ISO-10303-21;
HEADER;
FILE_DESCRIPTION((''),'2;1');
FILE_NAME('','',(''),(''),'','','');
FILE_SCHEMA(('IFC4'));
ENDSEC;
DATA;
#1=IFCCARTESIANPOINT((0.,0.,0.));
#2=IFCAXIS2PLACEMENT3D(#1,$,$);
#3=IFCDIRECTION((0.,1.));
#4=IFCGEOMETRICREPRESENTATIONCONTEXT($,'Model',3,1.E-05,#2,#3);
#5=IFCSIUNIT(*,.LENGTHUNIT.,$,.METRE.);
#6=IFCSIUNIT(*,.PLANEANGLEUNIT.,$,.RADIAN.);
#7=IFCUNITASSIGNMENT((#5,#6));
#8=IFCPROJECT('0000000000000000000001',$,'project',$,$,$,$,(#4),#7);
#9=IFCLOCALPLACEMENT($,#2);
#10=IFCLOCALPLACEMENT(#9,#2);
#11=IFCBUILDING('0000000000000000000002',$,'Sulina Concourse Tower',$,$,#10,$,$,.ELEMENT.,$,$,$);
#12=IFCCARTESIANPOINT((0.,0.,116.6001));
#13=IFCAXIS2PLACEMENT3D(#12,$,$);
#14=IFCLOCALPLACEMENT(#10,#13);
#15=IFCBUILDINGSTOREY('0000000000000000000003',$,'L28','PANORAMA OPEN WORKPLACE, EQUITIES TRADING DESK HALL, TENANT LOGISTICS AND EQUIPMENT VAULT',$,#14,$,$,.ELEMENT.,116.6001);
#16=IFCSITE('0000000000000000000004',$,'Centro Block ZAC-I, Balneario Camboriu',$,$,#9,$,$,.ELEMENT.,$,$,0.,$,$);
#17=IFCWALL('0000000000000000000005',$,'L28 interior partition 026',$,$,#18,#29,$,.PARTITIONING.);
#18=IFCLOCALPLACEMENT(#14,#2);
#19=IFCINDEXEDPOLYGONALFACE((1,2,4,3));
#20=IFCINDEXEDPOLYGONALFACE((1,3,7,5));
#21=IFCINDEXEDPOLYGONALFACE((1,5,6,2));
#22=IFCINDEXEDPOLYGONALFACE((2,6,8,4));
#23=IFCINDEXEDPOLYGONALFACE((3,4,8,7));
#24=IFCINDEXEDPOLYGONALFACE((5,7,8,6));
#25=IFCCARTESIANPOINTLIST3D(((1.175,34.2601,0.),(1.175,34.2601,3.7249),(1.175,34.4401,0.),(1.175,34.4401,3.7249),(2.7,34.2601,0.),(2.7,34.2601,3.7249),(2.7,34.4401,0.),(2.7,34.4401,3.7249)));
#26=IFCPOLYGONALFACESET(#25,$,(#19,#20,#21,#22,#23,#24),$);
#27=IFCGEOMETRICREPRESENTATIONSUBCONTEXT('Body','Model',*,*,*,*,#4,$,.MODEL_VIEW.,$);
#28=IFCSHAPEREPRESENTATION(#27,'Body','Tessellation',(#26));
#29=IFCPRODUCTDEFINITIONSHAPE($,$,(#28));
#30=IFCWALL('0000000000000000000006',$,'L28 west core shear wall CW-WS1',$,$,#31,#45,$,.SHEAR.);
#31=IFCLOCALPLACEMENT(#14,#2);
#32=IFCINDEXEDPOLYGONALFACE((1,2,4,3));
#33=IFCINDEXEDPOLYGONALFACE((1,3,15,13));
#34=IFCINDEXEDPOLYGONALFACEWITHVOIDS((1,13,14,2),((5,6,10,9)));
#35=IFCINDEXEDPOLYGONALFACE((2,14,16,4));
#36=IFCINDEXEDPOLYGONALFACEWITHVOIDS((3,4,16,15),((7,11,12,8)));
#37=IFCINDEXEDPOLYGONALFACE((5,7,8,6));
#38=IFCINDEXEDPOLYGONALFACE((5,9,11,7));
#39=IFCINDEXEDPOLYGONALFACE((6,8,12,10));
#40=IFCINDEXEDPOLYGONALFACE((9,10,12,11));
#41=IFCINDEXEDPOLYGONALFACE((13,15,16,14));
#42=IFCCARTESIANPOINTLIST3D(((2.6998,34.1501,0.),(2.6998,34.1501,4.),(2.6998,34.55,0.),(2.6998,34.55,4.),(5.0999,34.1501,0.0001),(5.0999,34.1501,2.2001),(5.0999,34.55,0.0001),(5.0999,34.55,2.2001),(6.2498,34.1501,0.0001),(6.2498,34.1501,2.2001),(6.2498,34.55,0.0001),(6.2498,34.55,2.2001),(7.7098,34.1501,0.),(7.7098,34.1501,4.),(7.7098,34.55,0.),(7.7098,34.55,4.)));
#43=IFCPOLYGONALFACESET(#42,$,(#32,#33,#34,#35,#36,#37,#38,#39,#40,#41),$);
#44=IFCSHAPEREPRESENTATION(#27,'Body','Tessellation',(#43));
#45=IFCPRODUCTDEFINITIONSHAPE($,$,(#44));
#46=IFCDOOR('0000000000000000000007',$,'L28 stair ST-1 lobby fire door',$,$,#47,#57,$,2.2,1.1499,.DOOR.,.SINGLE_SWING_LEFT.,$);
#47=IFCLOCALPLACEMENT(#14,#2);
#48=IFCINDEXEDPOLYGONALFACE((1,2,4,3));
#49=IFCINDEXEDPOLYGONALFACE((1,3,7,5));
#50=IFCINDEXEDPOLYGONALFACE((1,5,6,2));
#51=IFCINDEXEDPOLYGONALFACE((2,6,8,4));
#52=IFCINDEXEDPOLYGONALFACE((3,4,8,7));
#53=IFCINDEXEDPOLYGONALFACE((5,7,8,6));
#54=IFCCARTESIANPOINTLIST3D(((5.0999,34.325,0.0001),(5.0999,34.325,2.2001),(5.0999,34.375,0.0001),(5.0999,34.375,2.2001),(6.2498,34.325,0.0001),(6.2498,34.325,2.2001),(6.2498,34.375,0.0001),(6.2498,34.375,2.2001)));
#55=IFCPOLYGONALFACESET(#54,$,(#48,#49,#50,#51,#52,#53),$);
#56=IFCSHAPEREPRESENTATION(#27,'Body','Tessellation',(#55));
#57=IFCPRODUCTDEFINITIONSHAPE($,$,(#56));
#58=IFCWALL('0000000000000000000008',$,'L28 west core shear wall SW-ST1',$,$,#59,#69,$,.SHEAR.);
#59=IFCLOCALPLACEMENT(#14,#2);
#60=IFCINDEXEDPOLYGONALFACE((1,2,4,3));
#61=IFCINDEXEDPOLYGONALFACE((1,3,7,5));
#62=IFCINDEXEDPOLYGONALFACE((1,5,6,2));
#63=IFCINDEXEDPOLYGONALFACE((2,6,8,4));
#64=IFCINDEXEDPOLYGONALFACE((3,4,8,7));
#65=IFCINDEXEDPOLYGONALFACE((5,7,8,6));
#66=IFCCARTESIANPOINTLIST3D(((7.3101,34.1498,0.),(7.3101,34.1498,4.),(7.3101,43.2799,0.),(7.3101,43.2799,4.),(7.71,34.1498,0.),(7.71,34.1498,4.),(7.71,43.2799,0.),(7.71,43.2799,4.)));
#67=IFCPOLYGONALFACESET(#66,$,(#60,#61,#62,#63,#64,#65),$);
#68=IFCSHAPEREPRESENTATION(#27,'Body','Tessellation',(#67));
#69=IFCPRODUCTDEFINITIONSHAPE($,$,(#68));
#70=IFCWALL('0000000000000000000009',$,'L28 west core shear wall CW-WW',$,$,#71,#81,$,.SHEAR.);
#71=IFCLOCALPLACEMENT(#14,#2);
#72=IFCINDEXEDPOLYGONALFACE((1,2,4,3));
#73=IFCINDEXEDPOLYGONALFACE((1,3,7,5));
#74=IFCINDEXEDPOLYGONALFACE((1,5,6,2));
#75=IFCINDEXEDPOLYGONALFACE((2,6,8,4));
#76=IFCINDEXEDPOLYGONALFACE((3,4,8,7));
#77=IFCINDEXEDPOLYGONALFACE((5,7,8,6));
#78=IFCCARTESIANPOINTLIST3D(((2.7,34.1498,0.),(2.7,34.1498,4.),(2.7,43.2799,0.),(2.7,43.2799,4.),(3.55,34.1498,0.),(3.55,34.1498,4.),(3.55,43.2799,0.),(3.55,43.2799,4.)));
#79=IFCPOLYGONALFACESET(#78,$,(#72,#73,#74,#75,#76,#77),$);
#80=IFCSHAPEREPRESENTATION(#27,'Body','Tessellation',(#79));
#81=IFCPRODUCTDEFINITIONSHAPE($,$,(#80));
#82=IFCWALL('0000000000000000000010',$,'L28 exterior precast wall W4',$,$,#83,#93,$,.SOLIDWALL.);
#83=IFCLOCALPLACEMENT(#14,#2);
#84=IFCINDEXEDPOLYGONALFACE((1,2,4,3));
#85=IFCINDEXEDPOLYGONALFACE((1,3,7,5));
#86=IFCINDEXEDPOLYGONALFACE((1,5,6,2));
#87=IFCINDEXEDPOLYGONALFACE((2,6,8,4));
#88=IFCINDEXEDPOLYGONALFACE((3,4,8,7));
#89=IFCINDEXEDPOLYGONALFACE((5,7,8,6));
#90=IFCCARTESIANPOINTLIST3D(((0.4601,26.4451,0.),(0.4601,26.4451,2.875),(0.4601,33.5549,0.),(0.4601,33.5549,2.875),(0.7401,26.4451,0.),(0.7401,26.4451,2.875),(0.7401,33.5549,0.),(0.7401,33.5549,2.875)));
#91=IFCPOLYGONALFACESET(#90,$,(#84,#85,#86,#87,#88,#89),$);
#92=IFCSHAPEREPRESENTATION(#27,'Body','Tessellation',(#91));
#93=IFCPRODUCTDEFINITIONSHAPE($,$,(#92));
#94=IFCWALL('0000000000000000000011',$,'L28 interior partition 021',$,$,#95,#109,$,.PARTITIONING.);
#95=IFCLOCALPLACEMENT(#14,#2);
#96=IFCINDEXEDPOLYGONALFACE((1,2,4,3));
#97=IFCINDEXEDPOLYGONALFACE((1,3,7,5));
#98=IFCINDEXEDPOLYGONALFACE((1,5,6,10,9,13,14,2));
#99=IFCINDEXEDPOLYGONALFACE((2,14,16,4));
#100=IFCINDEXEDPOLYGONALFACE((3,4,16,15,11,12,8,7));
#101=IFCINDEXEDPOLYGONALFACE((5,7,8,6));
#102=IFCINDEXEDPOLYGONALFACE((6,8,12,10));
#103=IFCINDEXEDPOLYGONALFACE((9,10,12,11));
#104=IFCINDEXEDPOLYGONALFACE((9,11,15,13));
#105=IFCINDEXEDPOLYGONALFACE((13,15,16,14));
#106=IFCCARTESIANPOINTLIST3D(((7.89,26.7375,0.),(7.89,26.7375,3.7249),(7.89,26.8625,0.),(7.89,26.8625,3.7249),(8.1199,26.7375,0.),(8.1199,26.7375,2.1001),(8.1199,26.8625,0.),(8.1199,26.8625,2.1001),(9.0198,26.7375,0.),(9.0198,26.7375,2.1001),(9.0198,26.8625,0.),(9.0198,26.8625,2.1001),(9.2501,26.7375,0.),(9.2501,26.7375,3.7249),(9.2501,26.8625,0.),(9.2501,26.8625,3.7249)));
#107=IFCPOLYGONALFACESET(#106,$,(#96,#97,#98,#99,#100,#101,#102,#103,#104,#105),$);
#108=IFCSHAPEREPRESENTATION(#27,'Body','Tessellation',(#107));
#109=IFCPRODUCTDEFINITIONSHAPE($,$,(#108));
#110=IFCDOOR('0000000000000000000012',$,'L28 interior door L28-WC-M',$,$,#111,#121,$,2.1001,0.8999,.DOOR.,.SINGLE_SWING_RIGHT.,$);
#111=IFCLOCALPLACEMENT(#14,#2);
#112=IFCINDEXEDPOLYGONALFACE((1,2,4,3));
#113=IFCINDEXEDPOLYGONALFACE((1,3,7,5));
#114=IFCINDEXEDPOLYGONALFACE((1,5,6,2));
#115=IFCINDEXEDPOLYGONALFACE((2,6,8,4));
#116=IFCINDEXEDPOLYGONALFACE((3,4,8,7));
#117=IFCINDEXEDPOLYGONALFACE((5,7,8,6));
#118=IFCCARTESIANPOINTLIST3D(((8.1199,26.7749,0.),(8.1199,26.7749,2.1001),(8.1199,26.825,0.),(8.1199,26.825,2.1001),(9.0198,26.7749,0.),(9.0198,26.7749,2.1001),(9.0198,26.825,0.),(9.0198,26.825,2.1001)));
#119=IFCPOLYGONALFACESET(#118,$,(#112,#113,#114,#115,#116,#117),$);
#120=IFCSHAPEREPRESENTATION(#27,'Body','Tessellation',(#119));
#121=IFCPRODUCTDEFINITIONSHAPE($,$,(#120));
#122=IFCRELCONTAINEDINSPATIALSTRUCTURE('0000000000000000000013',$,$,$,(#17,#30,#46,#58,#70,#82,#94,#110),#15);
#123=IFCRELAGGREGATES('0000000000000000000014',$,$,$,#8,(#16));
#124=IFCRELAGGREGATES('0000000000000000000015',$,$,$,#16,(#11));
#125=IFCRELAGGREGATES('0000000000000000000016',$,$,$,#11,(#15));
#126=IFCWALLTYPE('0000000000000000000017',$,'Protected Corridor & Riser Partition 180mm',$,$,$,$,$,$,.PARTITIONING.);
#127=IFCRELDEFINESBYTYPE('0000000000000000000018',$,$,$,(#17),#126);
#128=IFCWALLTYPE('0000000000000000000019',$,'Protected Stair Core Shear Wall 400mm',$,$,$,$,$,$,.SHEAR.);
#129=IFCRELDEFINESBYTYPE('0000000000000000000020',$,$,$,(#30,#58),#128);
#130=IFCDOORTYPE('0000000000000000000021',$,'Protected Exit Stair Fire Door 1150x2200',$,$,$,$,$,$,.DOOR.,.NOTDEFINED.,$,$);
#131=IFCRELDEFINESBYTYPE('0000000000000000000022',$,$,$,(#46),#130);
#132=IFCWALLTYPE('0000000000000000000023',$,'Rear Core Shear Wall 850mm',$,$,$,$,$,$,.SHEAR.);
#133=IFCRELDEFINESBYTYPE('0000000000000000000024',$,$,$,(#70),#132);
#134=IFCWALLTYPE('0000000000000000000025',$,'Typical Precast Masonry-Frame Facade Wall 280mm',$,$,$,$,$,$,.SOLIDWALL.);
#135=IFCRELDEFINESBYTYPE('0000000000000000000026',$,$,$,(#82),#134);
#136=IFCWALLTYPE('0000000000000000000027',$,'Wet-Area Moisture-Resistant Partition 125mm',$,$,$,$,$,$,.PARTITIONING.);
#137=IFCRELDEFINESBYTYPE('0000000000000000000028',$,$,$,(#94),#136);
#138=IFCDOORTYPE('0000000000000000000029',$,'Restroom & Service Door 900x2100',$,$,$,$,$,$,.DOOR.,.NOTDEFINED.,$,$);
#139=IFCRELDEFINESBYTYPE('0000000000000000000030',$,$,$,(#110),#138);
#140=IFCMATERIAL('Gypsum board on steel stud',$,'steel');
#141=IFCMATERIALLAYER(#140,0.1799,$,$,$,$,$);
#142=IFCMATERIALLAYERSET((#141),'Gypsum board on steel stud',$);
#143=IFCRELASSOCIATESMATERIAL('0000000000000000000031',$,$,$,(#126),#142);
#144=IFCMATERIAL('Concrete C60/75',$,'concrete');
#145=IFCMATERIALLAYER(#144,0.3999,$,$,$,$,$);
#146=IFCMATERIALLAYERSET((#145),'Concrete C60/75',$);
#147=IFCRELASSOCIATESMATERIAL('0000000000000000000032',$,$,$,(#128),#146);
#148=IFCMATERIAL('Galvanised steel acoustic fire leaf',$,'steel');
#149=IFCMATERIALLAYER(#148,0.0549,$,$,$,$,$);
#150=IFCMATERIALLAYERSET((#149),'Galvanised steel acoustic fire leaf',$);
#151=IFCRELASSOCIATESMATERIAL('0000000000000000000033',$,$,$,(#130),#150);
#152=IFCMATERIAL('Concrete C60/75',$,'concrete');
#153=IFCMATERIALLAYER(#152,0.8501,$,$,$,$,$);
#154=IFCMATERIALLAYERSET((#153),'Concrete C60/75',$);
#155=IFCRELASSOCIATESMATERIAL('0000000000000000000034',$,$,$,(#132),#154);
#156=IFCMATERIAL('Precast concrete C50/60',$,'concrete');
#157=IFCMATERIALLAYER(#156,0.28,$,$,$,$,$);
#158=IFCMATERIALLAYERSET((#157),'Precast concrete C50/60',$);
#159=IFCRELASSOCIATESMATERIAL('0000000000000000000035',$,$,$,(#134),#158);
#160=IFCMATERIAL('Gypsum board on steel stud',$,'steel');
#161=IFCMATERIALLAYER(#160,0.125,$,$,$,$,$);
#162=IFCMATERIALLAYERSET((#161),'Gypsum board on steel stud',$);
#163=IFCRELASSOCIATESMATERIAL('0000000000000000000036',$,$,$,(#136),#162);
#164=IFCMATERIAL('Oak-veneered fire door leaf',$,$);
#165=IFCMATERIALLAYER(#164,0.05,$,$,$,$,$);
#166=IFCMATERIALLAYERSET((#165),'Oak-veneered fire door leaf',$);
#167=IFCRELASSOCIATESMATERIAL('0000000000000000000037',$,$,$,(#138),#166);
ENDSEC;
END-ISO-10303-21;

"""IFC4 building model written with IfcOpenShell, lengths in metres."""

from ifc_helpers import new_model, si_unit, direction, frame, frame_2d, origin, place, context, subcontext, project, spatial, rectangle, extrude, material, layer, layer_set, type_object, element, fill, save


model = new_model("IFC4")

# Units and contexts
model_context = context("Model", 3, precision=1e-05, world=origin(), true_north=direction((0.0, 1.0)))
body_context = subcontext(model_context, "Body", "Model", "MODEL_VIEW")
ifc_project = project(units=[si_unit("LENGTHUNIT", "METRE"), si_unit("PLANEANGLEUNIT", "RADIAN")], contexts=[model_context])

# Site, building, storey
site_placement = place(None, origin())
site = spatial("IfcSite", under=ifc_project, at=site_placement, Name="Centro Block ZAC-I, Balneario Camboriu", CompositionType="ELEMENT", RefElevation=0.0)
building_placement = place(site_placement, origin())
building = spatial("IfcBuilding", under=site, at=building_placement, Name="Sulina Concourse Tower", CompositionType="ELEMENT")
storey_placement = place(building_placement, frame((0.0, 0.0, 116.6001)))
storey = spatial("IfcBuildingStorey", under=building, at=storey_placement, Name="L28", Description="PANORAMA OPEN WORKPLACE, EQUITIES TRADING DESK HALL, TENANT LOGISTICS AND EQUIPMENT VAULT", CompositionType="ELEMENT", Elevation=116.6001)

# Wall
ifc_material_1 = material(Name="Gypsum board on steel stud", Category="steel")
ifc_layer_1 = layer(ifc_material_1, 0.1799)
ifc_layer_set_1 = layer_set([ifc_layer_1], Name="Gypsum board on steel stud")
wall_type_1 = type_object("IfcWallType", Name="Protected Corridor & Riser Partition 180mm", PredefinedType="PARTITIONING", material=ifc_layer_set_1)
wall_1_placement = place(storey_placement, frame((1.175, 34.3501, 0.0), z_axis=(0.0, 0.0, 1.0), x_axis=(1.0, 0.0, 0.0)))
element("IfcWall", 1, at=wall_1_placement, inside=storey, type_object=wall_type_1, Name="L28 interior partition 026", PredefinedType="PARTITIONING", context=body_context, shape_type="SweptSolid", body=[
    extrude(rectangle(XDim=1.5249, YDim=0.1799, at=frame_2d((0.7625, 0.0))), origin(), (0.0, 0.0, 1.0), 3.7249),
])

# Wall, opening, door
ifc_material_2 = material(Name="Concrete C60/75", Category="concrete")
ifc_layer_2 = layer(ifc_material_2, 0.3999)
ifc_layer_set_2 = layer_set([ifc_layer_2], Name="Concrete C60/75")
wall_type_2 = type_object("IfcWallType", Name="Protected Stair Core Shear Wall 400mm", PredefinedType="SHEAR", material=ifc_layer_set_2)
wall_2_placement = place(storey_placement, frame((2.7, 34.3501, 0.0), z_axis=(0.0, 0.0, 1.0), x_axis=(1.0, 0.0, 0.0)))
wall_2 = element("IfcWall", 2, at=wall_2_placement, inside=storey, type_object=wall_type_2, Name="L28 west core shear wall CW-WS1", PredefinedType="SHEAR", context=body_context, shape_type="SweptSolid", body=[
    extrude(rectangle(XDim=5.01, YDim=0.3999, at=frame_2d((2.5049, 0.0))), origin(), (0.0, 0.0, 1.0), 4.0),
])
opening_1_placement = place(wall_2_placement, frame((2.3999, 0.0, 0.0)))
opening_1 = element("IfcOpeningElement", 3, at=opening_1_placement, cuts=wall_2, PredefinedType="OPENING", context=body_context, shape_type="SweptSolid", body=[
    extrude(rectangle(XDim=1.1499, YDim=2.2, at=frame_2d((0.575, 1.1001))), frame((0.0, 0.21, 0.0), z_axis=(0.0, -1.0, 0.0), x_axis=(1.0, 0.0, 0.0)), (0.0, 0.0, 1.0), 0.4199),
])
ifc_material_3 = material(Name="Galvanised steel acoustic fire leaf", Category="steel")
ifc_layer_3 = layer(ifc_material_3, 0.0549)
ifc_layer_set_3 = layer_set([ifc_layer_3], Name="Galvanised steel acoustic fire leaf")
door_type_1 = type_object("IfcDoorType", Name="Protected Exit Stair Fire Door 1150x2200", OperationType="NOTDEFINED", PredefinedType="DOOR", material=ifc_layer_set_3)
door_1_placement = place(opening_1_placement, origin())
door_1 = element("IfcDoor", 4, at=door_1_placement, inside=storey, type_object=door_type_1, Name="L28 stair ST-1 lobby fire door", OperationType="SINGLE_SWING_LEFT", OverallHeight=2.2, OverallWidth=1.1499, PredefinedType="DOOR", context=body_context, shape_type="SweptSolid", body=[
    extrude(rectangle(XDim=1.1499, YDim=2.2, at=frame_2d((0.575, 1.1001))), frame((0.0, 0.0249, 0.0), z_axis=(0.0, -1.0, 0.0), x_axis=(1.0, 0.0, 0.0)), (0.0, 0.0, 1.0), 0.05),
])
fill(opening_1, door_1)

# Walls
wall_3_placement = place(storey_placement, frame((7.51, 34.1499, 0.0), z_axis=(0.0, 0.0, 1.0), x_axis=(0.0, 1.0, 0.0)))
element("IfcWall", 5, at=wall_3_placement, inside=storey, type_object=wall_type_2, Name="L28 west core shear wall SW-ST1", PredefinedType="SHEAR", context=body_context, shape_type="SweptSolid", body=[
    extrude(rectangle(XDim=9.1301, YDim=0.3999, at=frame_2d((4.5649, 0.0))), origin(), (0.0, 0.0, 1.0), 4.0),
])
ifc_material_4 = material(Name="Concrete C60/75", Category="concrete")
ifc_layer_4 = layer(ifc_material_4, 0.8501)
ifc_layer_set_4 = layer_set([ifc_layer_4], Name="Concrete C60/75")
wall_type_3 = type_object("IfcWallType", Name="Rear Core Shear Wall 850mm", PredefinedType="SHEAR", material=ifc_layer_set_4)
wall_4_placement = place(storey_placement, frame((3.125, 34.1499, 0.0), z_axis=(0.0, 0.0, 1.0), x_axis=(0.0, 1.0, 0.0)))
element("IfcWall", 6, at=wall_4_placement, inside=storey, type_object=wall_type_3, Name="L28 west core shear wall CW-WW", PredefinedType="SHEAR", context=body_context, shape_type="SweptSolid", body=[
    extrude(rectangle(XDim=9.1301, YDim=0.8501, at=frame_2d((4.5649, 0.0))), origin(), (0.0, 0.0, 1.0), 4.0),
])
ifc_material_5 = material(Name="Precast concrete C50/60", Category="concrete")
ifc_layer_5 = layer(ifc_material_5, 0.28)
ifc_layer_set_5 = layer_set([ifc_layer_5], Name="Precast concrete C50/60")
wall_type_4 = type_object("IfcWallType", Name="Typical Precast Masonry-Frame Facade Wall 280mm", PredefinedType="SOLIDWALL", material=ifc_layer_set_5)
wall_5_placement = place(storey_placement, frame((0.6001, 26.4451, 0.0), z_axis=(0.0, 0.0, 1.0), x_axis=(0.0, 1.0, 0.0)))
element("IfcWall", 7, at=wall_5_placement, inside=storey, type_object=wall_type_4, Name="L28 exterior precast wall W4", PredefinedType="SOLIDWALL", context=body_context, shape_type="SweptSolid", body=[
    extrude(rectangle(XDim=7.1099, YDim=0.28, at=frame_2d((3.5549, 0.0))), origin(), (0.0, 0.0, 1.0), 2.875),
])

# Wall, opening, door
ifc_material_6 = material(Name="Gypsum board on steel stud", Category="steel")
ifc_layer_6 = layer(ifc_material_6, 0.125)
ifc_layer_set_6 = layer_set([ifc_layer_6], Name="Gypsum board on steel stud")
wall_type_5 = type_object("IfcWallType", Name="Wet-Area Moisture-Resistant Partition 125mm", PredefinedType="PARTITIONING", material=ifc_layer_set_6)
wall_6_placement = place(storey_placement, frame((7.8899, 26.8, 0.0), z_axis=(0.0, 0.0, 1.0), x_axis=(1.0, 0.0, 0.0)))
wall_6 = element("IfcWall", 8, at=wall_6_placement, inside=storey, type_object=wall_type_5, Name="L28 interior partition 021", PredefinedType="PARTITIONING", context=body_context, shape_type="SweptSolid", body=[
    extrude(rectangle(XDim=1.3601, YDim=0.125, at=frame_2d((0.6802, 0.0))), origin(), (0.0, 0.0, 1.0), 3.7249),
])
opening_2_placement = place(wall_6_placement, frame((0.23, 0.0, 0.0)))
opening_2 = element("IfcOpeningElement", 9, at=opening_2_placement, cuts=wall_6, PredefinedType="OPENING", context=body_context, shape_type="SweptSolid", body=[
    extrude(rectangle(XDim=0.8999, YDim=2.1001, at=frame_2d((0.45, 1.05))), frame((0.0, 0.0725, 0.0), z_axis=(0.0, -1.0, 0.0), x_axis=(1.0, 0.0, 0.0)), (0.0, 0.0, 1.0), 0.145),
])
ifc_material_7 = material(Name="Oak-veneered fire door leaf")
ifc_layer_7 = layer(ifc_material_7, 0.05)
ifc_layer_set_7 = layer_set([ifc_layer_7], Name="Oak-veneered fire door leaf")
door_type_2 = type_object("IfcDoorType", Name="Restroom & Service Door 900x2100", OperationType="NOTDEFINED", PredefinedType="DOOR", material=ifc_layer_set_7)
door_2_placement = place(opening_2_placement, origin())
door_2 = element("IfcDoor", 10, at=door_2_placement, inside=storey, type_object=door_type_2, Name="L28 interior door L28-WC-M", OperationType="SINGLE_SWING_RIGHT", OverallHeight=2.1001, OverallWidth=0.8999, PredefinedType="DOOR", context=body_context, shape_type="SweptSolid", body=[
    extrude(rectangle(XDim=0.8999, YDim=2.1001, at=frame_2d((0.45, 1.05))), frame((0.0, 0.0249, 0.0), z_axis=(0.0, -1.0, 0.0), x_axis=(1.0, 0.0, 0.0)), (0.0, 0.0, 1.0), 0.05),
])
fill(opening_2, door_2)

save(model, "model.ifc")
